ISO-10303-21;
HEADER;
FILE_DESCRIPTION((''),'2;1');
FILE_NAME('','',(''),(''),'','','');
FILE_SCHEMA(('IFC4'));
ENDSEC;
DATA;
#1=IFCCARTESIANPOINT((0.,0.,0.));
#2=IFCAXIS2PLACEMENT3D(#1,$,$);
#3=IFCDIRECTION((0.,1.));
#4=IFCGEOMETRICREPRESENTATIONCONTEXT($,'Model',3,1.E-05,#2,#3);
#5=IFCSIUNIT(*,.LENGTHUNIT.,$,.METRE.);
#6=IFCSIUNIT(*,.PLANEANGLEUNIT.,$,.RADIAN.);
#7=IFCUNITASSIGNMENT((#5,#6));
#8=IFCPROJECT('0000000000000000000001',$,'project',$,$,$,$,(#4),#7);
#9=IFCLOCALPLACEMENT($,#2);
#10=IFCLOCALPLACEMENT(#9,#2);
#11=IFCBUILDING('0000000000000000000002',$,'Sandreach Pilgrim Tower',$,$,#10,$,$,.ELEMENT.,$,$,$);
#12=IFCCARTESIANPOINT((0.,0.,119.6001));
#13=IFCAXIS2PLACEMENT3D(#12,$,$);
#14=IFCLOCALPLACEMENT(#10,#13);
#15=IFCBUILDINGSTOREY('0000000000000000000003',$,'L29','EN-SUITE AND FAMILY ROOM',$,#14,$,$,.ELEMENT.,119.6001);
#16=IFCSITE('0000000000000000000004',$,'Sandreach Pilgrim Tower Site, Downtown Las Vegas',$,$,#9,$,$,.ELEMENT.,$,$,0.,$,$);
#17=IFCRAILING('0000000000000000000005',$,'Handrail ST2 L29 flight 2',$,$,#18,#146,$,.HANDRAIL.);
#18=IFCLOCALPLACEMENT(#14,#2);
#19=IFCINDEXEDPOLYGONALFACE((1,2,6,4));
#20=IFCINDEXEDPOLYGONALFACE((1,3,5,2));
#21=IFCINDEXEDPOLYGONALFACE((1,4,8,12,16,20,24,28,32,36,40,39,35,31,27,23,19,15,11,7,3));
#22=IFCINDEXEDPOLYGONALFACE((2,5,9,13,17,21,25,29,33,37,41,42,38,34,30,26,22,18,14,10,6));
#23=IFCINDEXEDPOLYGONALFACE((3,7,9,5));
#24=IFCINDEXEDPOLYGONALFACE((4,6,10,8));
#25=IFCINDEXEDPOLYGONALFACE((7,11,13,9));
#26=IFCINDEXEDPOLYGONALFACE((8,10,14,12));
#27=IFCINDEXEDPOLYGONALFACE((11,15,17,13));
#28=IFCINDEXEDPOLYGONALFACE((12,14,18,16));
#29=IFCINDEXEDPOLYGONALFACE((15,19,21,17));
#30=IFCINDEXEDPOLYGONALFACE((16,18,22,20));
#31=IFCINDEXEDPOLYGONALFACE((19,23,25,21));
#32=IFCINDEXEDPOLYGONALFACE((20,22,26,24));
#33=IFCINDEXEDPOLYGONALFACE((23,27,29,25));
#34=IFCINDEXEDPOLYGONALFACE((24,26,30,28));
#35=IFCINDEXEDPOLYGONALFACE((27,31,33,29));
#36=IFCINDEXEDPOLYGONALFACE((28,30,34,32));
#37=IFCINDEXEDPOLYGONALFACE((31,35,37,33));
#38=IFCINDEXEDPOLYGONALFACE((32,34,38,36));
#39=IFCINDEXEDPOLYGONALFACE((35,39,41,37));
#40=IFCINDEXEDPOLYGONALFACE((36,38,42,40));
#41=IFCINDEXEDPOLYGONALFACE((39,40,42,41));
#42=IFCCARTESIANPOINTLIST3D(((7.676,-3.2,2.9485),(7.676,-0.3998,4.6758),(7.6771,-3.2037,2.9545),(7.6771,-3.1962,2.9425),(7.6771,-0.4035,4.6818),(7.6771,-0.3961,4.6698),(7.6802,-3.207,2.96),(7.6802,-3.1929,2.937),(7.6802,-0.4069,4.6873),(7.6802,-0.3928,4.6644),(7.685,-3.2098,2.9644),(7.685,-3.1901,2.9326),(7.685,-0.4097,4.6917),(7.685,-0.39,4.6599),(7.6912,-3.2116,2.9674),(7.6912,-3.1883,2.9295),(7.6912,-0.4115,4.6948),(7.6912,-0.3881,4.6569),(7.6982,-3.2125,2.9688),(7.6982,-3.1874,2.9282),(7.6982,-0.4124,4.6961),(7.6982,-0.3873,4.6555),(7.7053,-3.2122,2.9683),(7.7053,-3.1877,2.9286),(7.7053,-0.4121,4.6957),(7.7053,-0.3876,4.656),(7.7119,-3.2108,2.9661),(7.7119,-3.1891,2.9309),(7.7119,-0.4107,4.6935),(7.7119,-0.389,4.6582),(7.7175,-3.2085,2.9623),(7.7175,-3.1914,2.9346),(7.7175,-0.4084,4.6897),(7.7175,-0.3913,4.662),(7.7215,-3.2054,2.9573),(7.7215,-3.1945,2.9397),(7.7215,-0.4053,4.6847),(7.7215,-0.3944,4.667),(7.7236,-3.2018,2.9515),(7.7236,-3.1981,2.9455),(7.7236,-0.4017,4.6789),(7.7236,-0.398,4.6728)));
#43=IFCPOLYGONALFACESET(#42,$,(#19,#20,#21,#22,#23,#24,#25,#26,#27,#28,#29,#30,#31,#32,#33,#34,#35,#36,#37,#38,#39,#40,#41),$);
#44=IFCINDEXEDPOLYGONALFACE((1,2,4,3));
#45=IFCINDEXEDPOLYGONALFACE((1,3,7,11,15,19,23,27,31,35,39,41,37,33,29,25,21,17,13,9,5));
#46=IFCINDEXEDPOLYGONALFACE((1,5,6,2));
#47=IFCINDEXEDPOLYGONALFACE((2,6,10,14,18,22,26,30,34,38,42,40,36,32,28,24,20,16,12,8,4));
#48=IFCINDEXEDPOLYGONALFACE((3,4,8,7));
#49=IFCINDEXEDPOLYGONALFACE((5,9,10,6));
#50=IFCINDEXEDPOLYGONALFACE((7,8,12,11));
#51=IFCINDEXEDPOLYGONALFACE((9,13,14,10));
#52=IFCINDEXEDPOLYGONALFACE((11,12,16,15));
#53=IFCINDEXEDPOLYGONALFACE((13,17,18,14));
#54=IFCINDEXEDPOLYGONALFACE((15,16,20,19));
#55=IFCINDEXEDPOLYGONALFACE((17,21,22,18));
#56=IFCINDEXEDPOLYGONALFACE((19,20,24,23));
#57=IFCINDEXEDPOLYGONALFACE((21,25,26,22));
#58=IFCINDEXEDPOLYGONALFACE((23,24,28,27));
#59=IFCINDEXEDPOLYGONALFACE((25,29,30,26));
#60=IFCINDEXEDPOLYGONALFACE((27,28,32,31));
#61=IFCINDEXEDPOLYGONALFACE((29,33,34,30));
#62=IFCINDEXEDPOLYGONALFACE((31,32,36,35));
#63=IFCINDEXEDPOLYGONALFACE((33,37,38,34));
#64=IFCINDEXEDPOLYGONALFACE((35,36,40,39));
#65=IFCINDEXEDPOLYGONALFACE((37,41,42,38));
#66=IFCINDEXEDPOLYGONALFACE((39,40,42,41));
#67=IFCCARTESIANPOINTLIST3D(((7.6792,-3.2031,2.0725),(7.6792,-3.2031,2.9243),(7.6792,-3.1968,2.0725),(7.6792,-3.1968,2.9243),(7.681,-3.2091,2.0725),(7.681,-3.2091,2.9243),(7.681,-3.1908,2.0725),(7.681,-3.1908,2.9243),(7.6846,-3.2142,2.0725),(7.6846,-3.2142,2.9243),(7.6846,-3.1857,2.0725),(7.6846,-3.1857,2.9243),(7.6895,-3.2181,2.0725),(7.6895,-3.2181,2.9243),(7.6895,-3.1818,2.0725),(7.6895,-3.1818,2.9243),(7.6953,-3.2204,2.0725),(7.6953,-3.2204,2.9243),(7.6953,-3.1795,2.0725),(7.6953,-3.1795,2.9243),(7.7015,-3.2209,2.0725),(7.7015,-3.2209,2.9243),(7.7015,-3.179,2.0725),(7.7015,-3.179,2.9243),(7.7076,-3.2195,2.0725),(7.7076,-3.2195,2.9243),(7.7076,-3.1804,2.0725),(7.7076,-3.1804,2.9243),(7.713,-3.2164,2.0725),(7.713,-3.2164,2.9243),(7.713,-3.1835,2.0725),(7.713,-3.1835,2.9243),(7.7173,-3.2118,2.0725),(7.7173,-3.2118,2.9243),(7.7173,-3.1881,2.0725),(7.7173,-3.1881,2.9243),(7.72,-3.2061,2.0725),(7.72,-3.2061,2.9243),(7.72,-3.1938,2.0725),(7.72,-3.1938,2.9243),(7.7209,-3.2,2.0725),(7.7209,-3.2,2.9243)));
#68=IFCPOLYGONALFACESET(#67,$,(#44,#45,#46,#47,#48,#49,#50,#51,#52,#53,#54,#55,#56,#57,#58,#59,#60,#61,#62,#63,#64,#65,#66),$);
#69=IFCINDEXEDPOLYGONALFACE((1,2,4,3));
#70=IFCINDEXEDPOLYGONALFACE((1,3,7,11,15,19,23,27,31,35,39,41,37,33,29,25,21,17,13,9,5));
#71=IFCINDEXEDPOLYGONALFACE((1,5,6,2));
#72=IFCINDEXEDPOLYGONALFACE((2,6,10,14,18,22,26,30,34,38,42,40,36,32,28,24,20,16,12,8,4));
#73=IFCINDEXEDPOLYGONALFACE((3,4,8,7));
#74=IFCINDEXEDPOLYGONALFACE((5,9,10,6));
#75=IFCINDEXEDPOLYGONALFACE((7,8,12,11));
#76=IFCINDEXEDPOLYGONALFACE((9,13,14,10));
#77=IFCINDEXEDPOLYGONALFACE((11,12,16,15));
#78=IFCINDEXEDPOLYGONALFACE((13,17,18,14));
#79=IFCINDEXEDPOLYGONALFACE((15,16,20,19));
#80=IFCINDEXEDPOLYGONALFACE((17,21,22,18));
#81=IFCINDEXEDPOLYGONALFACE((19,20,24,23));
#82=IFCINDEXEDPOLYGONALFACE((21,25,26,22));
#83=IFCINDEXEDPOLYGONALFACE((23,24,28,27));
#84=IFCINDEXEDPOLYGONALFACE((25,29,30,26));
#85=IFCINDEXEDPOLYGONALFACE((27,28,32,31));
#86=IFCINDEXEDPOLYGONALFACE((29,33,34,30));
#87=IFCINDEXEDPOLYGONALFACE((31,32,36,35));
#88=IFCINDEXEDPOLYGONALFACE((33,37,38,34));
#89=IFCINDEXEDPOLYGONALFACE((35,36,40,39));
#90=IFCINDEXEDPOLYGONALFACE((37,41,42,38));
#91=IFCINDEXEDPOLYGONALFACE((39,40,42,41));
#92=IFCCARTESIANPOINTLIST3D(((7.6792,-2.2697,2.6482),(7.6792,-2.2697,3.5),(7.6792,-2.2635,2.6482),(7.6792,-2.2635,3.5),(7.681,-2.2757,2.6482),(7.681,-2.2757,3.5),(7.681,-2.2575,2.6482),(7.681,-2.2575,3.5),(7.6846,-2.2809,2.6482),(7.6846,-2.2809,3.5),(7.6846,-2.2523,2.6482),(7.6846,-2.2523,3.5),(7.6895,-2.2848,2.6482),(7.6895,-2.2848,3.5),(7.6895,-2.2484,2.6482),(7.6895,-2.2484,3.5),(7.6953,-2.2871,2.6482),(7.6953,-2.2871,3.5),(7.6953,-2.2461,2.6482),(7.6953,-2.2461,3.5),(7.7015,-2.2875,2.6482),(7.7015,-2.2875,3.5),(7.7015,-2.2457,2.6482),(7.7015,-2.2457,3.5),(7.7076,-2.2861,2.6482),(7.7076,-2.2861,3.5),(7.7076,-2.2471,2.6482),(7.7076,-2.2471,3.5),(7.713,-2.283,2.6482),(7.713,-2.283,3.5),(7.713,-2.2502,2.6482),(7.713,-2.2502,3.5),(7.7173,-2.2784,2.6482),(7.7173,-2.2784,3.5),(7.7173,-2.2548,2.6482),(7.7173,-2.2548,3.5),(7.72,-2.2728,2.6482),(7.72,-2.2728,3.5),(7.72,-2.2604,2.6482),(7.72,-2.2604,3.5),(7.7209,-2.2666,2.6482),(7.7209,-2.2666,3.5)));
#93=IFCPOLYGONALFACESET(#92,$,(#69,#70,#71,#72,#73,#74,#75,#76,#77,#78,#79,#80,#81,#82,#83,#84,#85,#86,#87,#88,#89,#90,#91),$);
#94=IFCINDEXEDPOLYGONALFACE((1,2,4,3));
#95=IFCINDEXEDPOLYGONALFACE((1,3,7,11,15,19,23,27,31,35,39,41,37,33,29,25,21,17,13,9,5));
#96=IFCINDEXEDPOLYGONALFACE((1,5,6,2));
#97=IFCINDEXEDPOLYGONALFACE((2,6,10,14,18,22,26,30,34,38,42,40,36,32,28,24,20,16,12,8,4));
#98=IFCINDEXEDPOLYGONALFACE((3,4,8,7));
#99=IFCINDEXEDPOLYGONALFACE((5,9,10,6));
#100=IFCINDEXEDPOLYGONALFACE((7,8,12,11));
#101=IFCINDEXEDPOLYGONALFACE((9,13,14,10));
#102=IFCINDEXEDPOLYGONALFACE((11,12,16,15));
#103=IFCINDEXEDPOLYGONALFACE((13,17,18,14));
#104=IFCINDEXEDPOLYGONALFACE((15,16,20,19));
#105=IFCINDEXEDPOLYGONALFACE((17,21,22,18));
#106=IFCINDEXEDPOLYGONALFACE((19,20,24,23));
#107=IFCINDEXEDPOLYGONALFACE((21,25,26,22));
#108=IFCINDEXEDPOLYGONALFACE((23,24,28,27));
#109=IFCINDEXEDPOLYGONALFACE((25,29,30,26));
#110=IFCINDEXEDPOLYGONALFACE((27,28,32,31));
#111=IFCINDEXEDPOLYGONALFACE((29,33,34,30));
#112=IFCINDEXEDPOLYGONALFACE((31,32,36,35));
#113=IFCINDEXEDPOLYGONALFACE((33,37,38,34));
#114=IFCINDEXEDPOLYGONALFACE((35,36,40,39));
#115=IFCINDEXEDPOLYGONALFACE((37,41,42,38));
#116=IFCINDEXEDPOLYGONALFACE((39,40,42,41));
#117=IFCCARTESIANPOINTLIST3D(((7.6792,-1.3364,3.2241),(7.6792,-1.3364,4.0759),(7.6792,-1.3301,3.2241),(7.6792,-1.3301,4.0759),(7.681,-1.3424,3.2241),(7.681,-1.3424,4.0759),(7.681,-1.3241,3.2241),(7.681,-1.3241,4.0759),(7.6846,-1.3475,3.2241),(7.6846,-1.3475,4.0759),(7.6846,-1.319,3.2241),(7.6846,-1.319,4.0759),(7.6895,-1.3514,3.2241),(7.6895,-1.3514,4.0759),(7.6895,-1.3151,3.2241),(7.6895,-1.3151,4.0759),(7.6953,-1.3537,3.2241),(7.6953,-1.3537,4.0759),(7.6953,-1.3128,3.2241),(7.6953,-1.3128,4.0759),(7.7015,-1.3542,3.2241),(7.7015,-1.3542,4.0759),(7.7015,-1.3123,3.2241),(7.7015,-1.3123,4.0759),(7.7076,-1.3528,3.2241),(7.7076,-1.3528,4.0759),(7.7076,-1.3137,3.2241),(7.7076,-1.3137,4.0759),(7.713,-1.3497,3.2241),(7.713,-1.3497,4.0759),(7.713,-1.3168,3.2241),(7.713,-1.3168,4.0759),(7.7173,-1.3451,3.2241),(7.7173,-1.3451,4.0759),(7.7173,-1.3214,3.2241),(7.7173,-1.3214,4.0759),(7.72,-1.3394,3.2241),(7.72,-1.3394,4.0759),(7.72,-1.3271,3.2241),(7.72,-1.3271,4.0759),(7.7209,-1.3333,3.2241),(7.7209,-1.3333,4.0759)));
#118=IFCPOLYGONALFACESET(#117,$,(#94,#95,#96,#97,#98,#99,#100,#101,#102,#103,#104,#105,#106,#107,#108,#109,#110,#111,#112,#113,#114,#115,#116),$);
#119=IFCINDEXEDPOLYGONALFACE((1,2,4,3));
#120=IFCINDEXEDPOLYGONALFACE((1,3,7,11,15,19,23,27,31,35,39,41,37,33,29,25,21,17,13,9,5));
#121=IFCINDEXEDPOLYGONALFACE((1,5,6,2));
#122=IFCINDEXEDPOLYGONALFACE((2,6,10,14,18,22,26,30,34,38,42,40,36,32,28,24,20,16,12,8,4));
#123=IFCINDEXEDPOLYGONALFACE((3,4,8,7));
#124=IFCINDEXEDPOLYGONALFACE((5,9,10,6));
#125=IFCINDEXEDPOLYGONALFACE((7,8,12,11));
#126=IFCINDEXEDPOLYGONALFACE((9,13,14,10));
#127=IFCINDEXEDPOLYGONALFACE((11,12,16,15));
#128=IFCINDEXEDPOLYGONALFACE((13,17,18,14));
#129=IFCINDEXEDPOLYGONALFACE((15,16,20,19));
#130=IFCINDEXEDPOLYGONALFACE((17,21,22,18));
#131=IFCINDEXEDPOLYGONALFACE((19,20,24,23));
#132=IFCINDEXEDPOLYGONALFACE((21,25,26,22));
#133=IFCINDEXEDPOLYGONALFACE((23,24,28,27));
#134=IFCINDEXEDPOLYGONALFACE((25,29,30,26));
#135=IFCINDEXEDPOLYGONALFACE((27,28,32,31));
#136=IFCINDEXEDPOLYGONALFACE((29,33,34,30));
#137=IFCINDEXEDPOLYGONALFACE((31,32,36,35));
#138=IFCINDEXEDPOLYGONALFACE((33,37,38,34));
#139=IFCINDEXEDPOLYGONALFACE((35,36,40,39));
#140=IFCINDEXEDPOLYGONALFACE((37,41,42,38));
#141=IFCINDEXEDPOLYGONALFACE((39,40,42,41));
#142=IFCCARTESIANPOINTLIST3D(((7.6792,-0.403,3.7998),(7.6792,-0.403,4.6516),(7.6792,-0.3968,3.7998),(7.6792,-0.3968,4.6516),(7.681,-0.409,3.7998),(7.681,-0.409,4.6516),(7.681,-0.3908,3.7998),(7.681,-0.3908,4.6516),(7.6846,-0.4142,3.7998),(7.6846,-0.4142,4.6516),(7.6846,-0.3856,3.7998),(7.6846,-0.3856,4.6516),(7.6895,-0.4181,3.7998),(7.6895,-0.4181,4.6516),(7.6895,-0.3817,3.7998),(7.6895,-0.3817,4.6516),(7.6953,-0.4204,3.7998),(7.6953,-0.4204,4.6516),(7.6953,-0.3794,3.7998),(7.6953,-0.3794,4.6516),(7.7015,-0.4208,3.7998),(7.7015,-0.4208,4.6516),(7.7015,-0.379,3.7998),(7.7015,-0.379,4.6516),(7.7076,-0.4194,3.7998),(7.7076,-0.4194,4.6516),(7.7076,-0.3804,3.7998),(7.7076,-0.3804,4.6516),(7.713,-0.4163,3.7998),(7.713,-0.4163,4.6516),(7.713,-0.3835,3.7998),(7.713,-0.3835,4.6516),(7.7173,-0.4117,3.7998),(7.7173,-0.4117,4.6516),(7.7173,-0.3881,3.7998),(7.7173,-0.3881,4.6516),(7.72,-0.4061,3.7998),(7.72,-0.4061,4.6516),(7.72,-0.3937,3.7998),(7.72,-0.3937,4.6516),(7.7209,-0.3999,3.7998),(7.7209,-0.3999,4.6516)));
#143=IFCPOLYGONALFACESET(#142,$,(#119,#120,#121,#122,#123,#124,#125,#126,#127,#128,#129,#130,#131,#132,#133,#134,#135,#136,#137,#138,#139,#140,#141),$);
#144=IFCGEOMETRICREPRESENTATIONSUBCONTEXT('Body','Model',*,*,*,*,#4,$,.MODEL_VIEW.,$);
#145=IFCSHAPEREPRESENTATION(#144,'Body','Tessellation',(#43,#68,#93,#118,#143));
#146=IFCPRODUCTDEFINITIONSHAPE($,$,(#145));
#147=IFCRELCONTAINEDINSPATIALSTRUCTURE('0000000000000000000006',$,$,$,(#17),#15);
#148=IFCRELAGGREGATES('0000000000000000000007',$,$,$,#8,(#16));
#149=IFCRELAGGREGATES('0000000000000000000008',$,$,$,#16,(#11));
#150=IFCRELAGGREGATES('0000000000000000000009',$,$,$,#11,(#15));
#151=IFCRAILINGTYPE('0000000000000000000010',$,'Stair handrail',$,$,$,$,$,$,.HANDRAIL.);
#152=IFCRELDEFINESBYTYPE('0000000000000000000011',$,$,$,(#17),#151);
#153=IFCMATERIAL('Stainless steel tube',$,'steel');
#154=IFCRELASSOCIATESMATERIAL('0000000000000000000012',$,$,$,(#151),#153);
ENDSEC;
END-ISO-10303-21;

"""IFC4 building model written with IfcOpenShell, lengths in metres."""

from ifc_helpers import new_model, si_unit, direction, frame, origin, origin_2d, place, context, subcontext, project, spatial, circle, extrude, material, type_object, element, save


model = new_model("IFC4")

# Units and contexts
model_context = context("Model", 3, precision=1e-05, world=origin(), true_north=direction((0.0, 1.0)))
body_context = subcontext(model_context, "Body", "Model", "MODEL_VIEW")
ifc_project = project(units=[si_unit("LENGTHUNIT", "METRE"), si_unit("PLANEANGLEUNIT", "RADIAN")], contexts=[model_context])

# Site, building, storey
site_placement = place(None, origin())
site = spatial("IfcSite", under=ifc_project, at=site_placement, Name="Sandreach Pilgrim Tower Site, Downtown Las Vegas", CompositionType="ELEMENT", RefElevation=0.0)
building_placement = place(site_placement, origin())
building = spatial("IfcBuilding", under=site, at=building_placement, Name="Sandreach Pilgrim Tower", CompositionType="ELEMENT")
storey_placement = place(building_placement, frame((0.0, 0.0, 119.6001)))
storey = spatial("IfcBuildingStorey", under=building, at=storey_placement, Name="L29", Description="EN-SUITE AND FAMILY ROOM", CompositionType="ELEMENT", Elevation=119.6001)

# Railing
ifc_material_1 = material(Name="Stainless steel tube", Category="steel")
railing_type = type_object("IfcRailingType", Name="Stair handrail", PredefinedType="HANDRAIL", material=ifc_material_1)
for number, where, name in (
    (1, (7.7, -3.2, 2.0725), "Handrail ST2 L29 flight 2"),
):
    element("IfcRailing", number, at=place(storey_placement, frame(where)), inside=storey, type_object=railing_type, Name=name, PredefinedType="HANDRAIL", context=body_context, shape_type="SweptSolid", body=[
        extrude(circle(Radius=0.0239, at=origin_2d()), frame((0.0, 0.0, 0.876), z_axis=(0.0, 0.85109, 0.52502), x_axis=(-1.0, 0.0, 0.0)), (0.0, 0.0, 1.0), 3.29),
        extrude(circle(Radius=0.021, at=origin_2d()), origin(), (0.0, 0.0, 1.0), 0.8518),
        extrude(circle(Radius=0.021, at=origin_2d()), frame((0.0, 0.9333, 0.5757)), (0.0, 0.0, 1.0), 0.8518),
        extrude(circle(Radius=0.021, at=origin_2d()), frame((0.0, 1.8667, 1.1516)), (0.0, 0.0, 1.0), 0.8518),
        extrude(circle(Radius=0.021, at=origin_2d()), frame((0.0, 2.8, 1.7273)), (0.0, 0.0, 1.0), 0.8518),
    ])

save(model, "model.ifc")
